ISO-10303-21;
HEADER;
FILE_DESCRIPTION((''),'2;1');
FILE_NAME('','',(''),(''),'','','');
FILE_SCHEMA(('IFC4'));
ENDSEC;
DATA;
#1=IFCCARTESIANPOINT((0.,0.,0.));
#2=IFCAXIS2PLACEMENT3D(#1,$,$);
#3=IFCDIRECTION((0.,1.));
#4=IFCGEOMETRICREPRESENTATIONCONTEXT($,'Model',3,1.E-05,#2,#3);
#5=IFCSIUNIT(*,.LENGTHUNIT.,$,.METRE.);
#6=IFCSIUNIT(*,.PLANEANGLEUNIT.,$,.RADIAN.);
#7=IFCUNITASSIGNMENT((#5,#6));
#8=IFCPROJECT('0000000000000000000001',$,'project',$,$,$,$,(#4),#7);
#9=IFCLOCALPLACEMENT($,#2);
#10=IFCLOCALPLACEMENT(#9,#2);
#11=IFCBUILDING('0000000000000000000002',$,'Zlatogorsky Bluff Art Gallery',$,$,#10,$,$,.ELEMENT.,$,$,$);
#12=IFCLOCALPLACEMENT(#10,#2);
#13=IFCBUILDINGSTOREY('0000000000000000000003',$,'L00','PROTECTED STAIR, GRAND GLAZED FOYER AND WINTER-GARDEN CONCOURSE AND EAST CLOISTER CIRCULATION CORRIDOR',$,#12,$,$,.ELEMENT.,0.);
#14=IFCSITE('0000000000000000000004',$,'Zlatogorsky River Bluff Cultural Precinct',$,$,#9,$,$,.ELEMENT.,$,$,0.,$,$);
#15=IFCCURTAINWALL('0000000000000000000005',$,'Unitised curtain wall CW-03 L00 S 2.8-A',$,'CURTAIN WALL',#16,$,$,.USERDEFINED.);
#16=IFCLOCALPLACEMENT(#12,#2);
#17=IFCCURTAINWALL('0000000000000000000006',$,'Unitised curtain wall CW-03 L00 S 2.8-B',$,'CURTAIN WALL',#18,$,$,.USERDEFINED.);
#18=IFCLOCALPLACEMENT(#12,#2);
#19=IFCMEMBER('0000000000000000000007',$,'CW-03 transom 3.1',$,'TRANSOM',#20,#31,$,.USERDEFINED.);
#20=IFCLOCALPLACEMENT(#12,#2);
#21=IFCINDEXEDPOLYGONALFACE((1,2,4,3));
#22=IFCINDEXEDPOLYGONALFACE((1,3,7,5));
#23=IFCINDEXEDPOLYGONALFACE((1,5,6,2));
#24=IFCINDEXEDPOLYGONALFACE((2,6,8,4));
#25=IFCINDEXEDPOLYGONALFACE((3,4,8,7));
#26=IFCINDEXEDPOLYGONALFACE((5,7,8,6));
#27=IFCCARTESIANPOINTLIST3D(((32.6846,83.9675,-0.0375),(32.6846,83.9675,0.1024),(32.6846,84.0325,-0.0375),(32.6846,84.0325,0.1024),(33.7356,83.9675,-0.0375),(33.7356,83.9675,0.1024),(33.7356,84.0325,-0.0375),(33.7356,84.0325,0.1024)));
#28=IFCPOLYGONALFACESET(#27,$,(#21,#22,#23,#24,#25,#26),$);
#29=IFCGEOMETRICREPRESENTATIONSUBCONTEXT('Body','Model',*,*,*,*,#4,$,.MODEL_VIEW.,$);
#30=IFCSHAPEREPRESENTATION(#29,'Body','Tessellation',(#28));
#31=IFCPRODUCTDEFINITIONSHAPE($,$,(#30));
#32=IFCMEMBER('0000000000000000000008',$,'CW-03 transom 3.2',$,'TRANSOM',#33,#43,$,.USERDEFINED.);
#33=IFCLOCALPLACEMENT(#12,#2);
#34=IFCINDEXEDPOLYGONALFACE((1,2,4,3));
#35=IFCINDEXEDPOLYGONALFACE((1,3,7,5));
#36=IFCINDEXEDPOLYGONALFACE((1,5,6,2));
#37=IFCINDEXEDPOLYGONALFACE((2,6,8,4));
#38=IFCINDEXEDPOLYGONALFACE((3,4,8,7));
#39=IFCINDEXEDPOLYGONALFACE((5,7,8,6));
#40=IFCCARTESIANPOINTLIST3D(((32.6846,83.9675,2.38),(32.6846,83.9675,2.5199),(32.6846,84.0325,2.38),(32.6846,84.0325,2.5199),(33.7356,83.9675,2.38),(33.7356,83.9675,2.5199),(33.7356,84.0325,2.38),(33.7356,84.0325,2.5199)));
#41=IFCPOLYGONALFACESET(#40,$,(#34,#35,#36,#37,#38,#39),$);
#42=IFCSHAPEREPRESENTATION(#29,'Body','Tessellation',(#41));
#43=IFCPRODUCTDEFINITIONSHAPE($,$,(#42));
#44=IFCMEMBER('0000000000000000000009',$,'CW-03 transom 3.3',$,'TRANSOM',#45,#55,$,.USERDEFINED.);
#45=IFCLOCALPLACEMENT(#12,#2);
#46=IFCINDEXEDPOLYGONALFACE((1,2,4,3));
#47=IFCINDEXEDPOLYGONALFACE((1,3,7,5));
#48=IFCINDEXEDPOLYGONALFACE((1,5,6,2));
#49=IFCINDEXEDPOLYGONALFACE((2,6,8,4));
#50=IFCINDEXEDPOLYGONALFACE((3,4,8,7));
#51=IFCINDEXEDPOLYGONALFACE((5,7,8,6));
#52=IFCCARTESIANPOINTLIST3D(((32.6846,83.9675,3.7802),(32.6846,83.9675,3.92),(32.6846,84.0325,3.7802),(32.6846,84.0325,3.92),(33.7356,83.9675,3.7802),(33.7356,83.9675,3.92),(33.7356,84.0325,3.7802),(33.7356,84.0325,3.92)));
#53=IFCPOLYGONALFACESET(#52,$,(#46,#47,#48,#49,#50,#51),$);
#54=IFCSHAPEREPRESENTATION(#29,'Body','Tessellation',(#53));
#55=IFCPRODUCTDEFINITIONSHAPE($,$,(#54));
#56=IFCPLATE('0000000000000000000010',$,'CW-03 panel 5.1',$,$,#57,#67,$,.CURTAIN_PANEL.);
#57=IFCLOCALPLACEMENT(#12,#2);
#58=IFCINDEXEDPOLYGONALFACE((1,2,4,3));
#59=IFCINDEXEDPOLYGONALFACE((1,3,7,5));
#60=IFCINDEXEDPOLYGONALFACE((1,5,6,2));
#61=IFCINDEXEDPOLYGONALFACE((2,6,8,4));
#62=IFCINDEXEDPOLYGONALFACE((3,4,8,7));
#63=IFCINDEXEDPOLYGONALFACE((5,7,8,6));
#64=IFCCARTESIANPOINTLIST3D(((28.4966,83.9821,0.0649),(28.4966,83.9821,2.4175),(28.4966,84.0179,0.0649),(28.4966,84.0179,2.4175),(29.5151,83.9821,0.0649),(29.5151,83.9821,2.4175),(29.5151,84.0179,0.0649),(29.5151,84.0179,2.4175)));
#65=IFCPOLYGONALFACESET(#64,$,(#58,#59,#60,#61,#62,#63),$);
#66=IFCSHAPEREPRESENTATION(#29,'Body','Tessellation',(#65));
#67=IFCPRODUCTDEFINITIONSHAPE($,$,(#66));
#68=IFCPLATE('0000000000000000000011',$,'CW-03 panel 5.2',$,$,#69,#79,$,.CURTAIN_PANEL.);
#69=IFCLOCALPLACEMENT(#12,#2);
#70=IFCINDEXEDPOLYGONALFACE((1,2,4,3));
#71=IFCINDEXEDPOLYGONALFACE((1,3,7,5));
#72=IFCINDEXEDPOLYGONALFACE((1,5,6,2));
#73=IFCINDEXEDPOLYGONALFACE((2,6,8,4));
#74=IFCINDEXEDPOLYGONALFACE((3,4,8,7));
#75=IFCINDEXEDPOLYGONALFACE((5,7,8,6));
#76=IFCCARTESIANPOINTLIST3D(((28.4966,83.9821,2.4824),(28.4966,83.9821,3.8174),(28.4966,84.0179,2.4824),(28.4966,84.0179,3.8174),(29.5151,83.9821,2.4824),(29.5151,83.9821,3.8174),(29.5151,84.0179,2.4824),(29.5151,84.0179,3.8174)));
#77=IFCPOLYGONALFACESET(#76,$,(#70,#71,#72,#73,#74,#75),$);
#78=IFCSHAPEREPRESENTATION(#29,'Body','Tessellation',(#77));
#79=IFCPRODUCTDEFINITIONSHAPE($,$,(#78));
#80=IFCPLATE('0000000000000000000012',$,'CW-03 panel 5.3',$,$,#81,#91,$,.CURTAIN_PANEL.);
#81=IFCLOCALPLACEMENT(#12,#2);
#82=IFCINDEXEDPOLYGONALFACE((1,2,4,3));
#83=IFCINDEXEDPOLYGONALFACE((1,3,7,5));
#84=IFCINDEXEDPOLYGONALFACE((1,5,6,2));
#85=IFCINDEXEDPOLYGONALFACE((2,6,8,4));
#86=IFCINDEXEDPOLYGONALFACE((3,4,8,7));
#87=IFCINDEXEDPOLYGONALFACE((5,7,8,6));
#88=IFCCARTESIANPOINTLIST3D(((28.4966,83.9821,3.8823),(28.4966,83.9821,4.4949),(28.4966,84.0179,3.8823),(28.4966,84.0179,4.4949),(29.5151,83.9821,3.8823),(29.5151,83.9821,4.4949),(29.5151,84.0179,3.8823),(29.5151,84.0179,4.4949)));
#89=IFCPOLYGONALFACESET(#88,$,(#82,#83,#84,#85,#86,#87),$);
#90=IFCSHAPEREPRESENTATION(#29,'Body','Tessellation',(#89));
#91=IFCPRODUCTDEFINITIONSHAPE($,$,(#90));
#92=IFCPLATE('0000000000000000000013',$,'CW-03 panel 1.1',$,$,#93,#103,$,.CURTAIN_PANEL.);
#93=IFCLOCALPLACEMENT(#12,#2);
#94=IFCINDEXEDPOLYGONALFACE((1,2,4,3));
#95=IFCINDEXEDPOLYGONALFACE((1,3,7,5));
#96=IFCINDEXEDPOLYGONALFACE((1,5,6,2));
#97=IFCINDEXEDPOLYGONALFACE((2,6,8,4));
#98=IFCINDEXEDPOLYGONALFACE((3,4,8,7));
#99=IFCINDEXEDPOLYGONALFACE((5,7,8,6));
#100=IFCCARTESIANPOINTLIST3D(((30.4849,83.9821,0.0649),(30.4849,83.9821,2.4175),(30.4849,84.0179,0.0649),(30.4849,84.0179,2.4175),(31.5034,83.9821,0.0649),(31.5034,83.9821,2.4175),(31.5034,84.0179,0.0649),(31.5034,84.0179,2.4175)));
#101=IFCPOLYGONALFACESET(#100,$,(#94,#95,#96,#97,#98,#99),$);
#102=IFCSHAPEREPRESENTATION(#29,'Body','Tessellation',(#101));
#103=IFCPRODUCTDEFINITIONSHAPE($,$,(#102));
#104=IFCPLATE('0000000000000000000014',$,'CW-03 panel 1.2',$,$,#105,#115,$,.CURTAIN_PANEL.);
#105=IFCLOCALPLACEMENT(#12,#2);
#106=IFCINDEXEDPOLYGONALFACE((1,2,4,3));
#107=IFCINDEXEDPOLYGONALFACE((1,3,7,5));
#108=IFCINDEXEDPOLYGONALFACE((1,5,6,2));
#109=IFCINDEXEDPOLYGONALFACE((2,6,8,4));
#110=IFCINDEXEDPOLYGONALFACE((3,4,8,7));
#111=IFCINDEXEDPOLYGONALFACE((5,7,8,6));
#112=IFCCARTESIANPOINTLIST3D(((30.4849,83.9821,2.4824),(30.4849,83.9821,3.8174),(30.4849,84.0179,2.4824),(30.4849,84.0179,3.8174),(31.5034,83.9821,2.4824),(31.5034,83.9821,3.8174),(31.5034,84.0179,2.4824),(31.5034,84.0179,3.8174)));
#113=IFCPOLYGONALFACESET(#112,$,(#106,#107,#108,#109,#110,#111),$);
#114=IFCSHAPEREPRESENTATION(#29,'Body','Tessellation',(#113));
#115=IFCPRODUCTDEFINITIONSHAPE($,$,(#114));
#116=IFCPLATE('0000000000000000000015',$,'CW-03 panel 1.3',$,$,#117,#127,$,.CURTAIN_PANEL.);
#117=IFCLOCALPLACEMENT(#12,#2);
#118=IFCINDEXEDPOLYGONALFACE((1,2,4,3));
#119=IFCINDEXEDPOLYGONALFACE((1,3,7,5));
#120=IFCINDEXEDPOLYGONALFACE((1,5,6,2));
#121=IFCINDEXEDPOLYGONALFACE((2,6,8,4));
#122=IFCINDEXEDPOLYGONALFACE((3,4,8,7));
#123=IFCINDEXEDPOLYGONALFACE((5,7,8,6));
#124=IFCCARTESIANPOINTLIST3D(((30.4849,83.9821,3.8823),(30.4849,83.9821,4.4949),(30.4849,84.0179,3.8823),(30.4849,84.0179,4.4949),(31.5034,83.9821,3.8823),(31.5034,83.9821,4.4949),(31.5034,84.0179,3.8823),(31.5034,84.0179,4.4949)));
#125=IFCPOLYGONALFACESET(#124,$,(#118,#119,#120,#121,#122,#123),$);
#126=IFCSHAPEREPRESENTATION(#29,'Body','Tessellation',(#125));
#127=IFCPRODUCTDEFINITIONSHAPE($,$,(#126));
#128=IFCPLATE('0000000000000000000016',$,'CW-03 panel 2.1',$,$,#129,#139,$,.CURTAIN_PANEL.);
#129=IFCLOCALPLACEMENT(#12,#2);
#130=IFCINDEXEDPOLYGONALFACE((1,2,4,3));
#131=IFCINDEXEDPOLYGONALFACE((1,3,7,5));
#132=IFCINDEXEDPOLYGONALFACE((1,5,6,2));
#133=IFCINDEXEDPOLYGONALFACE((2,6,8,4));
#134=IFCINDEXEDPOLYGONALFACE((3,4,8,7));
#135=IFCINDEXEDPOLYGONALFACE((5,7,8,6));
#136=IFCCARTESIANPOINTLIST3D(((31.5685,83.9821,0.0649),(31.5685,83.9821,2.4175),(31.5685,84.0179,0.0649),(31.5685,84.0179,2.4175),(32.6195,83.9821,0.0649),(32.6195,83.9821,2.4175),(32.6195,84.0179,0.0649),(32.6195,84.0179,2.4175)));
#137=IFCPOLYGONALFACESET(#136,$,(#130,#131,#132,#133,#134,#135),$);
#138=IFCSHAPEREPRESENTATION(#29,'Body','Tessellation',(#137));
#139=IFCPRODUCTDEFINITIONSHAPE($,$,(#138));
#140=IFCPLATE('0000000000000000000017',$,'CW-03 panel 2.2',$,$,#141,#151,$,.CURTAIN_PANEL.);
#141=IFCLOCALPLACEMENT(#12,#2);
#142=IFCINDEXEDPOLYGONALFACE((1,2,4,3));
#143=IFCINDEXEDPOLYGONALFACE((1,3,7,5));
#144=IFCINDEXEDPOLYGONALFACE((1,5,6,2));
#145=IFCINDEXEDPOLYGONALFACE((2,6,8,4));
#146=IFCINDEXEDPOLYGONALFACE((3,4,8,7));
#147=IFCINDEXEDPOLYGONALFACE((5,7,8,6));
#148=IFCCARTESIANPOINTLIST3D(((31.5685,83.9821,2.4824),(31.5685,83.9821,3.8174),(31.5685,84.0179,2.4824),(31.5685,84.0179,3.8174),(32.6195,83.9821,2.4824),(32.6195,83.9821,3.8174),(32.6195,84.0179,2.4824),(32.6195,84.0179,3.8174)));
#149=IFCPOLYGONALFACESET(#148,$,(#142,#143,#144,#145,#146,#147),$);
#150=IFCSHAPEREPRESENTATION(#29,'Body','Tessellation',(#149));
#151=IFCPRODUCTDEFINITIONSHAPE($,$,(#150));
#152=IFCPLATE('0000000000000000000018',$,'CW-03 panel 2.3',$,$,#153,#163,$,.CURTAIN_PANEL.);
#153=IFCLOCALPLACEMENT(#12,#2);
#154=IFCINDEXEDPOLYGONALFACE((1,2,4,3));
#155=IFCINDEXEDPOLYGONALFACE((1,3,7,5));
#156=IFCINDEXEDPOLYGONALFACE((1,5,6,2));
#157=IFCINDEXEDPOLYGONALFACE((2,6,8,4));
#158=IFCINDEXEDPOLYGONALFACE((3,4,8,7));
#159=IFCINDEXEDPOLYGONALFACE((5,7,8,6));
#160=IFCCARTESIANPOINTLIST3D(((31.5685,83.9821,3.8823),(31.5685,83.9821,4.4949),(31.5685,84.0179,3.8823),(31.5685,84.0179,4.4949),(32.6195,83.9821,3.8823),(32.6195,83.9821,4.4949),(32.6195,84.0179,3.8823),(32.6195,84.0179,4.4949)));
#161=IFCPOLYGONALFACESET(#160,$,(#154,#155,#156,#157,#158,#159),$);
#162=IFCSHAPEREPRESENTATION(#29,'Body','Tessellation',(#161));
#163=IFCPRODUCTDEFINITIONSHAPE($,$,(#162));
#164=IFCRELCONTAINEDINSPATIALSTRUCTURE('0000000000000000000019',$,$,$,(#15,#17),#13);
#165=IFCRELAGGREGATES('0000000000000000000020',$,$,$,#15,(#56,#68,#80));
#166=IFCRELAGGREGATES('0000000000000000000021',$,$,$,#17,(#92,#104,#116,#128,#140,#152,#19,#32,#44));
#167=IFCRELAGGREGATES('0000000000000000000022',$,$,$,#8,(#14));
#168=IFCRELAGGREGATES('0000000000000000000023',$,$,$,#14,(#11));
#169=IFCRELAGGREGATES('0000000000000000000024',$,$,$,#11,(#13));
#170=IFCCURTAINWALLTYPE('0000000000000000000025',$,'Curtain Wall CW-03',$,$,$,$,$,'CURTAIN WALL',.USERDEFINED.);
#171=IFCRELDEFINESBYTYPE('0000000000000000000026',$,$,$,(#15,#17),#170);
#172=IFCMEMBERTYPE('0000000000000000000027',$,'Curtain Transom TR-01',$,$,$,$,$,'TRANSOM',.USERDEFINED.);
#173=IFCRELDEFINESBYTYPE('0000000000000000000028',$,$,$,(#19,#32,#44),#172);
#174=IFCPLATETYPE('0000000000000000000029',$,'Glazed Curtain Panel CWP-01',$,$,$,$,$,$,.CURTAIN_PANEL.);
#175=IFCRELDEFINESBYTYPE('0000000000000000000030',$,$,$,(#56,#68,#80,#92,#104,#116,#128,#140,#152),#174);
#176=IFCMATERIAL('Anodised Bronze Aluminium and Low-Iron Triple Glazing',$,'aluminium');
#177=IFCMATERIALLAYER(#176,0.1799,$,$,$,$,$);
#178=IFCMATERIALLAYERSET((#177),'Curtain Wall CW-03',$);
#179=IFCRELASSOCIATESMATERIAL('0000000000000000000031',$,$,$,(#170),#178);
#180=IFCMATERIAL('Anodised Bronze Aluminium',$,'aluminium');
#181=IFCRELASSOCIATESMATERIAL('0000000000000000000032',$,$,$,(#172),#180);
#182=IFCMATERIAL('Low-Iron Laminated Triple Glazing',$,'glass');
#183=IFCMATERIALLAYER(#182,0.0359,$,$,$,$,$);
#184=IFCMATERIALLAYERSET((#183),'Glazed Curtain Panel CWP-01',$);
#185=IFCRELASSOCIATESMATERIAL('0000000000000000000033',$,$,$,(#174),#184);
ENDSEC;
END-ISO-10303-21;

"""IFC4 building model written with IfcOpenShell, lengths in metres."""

from ifc_helpers import new_model, si_unit, direction, frame, origin, origin_2d, place, context, subcontext, project, spatial, rectangle, extrude, material, layer, layer_set, material_profile, profile_set, type_object, element, aggregate, save


model = new_model("IFC4")

# Units and contexts
model_context = context("Model", 3, precision=1e-05, world=origin(), true_north=direction((0.0, 1.0)))
body_context = subcontext(model_context, "Body", "Model", "MODEL_VIEW")
ifc_project = project(units=[si_unit("LENGTHUNIT", "METRE"), si_unit("PLANEANGLEUNIT", "RADIAN")], contexts=[model_context])

# Site, building, storey
site_placement = place(None, origin())
site = spatial("IfcSite", under=ifc_project, at=site_placement, Name="Zlatogorsky River Bluff Cultural Precinct", CompositionType="ELEMENT", RefElevation=0.0)
building_placement = place(site_placement, origin())
building = spatial("IfcBuilding", under=site, at=building_placement, Name="Zlatogorsky Bluff Art Gallery", CompositionType="ELEMENT")
storey_placement = place(building_placement, origin())
storey = spatial("IfcBuildingStorey", under=building, at=storey_placement, Name="L00", Description="PROTECTED STAIR, GRAND GLAZED FOYER AND WINTER-GARDEN CONCOURSE AND EAST CLOISTER CIRCULATION CORRIDOR", CompositionType="ELEMENT", Elevation=0.0)

# Curtain wall
ifc_material_1 = material(Name="Anodised Bronze Aluminium and Low-Iron Triple Glazing", Category="aluminium")
ifc_layer_1 = layer(ifc_material_1, 0.1799)
ifc_layer_set_1 = layer_set([ifc_layer_1], Name="Curtain Wall CW-03")
curtain_wall_type = type_object("IfcCurtainWallType", Name="Curtain Wall CW-03", ElementType="CURTAIN WALL", PredefinedType="USERDEFINED", material=ifc_layer_set_1)
curtain_wall_1_placement = place(storey_placement, origin())
curtain_wall_1 = element("IfcCurtainWall", 1, at=curtain_wall_1_placement, inside=storey, type_object=curtain_wall_type, Name="Unitised curtain wall CW-03 L00 S 2.8-A", ObjectType="CURTAIN WALL", PredefinedType="USERDEFINED")
ifc_material_2 = material(Name="Anodised Bronze Aluminium", Category="aluminium")

# Curtain wall
curtain_wall_2_placement = place(storey_placement, origin())
curtain_wall_2 = element("IfcCurtainWall", 2, at=curtain_wall_2_placement, inside=storey, type_object=curtain_wall_type, Name="Unitised curtain wall CW-03 L00 S 2.8-B", ObjectType="CURTAIN WALL", PredefinedType="USERDEFINED")

# Members
ifc_material_profile_1 = material_profile(ifc_material_2, rectangle(XDim=0.0649, YDim=0.1399, at=origin_2d()), Name="ALU TRANSOM 65x140")
ifc_profile_set_1 = profile_set([ifc_material_profile_1], Name="Anodised Bronze Aluminium")
member_type_1 = type_object("IfcMemberType", Name="Curtain Transom TR-01", ElementType="TRANSOM", PredefinedType="USERDEFINED", material=ifc_profile_set_1)
member_1_placement = place(storey_placement, frame((32.6846, 84.0, 0.0325), z_axis=(1.0, 0.0, 0.0), x_axis=(0.0, 1.0, 0.0)))
member_1 = element("IfcMember", 3, at=member_1_placement, type_object=member_type_1, Name="CW-03 transom 3.1", ObjectType="TRANSOM", PredefinedType="USERDEFINED", context=body_context, shape_type="SweptSolid", body=[
    extrude(rectangle(XDim=0.0649, YDim=0.1399, at=origin_2d()), origin(), (0.0, 0.0, 1.0), 1.051),
])
member_2_placement = place(storey_placement, frame((32.6846, 84.0, 2.45), z_axis=(1.0, 0.0, 0.0), x_axis=(0.0, 1.0, 0.0)))
member_2 = element("IfcMember", 4, at=member_2_placement, type_object=member_type_1, Name="CW-03 transom 3.2", ObjectType="TRANSOM", PredefinedType="USERDEFINED", context=body_context, shape_type="SweptSolid", body=[
    extrude(rectangle(XDim=0.0649, YDim=0.1399, at=origin_2d()), origin(), (0.0, 0.0, 1.0), 1.051),
])
member_3_placement = place(storey_placement, frame((32.6846, 84.0, 3.8501), z_axis=(1.0, 0.0, 0.0), x_axis=(0.0, 1.0, 0.0)))
member_3 = element("IfcMember", 5, at=member_3_placement, type_object=member_type_1, Name="CW-03 transom 3.3", ObjectType="TRANSOM", PredefinedType="USERDEFINED", context=body_context, shape_type="SweptSolid", body=[
    extrude(rectangle(XDim=0.0649, YDim=0.1399, at=origin_2d()), origin(), (0.0, 0.0, 1.0), 1.051),
])

# Plates
ifc_material_3 = material(Name="Low-Iron Laminated Triple Glazing", Category="glass")
ifc_layer_2 = layer(ifc_material_3, 0.0359)
ifc_layer_set_2 = layer_set([ifc_layer_2], Name="Glazed Curtain Panel CWP-01")
plate_type = type_object("IfcPlateType", Name="Glazed Curtain Panel CWP-01", PredefinedType="CURTAIN_PANEL", material=ifc_layer_set_2)
plate_1_placement = place(storey_placement, frame((29.0059, 84.0, 0.0649), z_axis=(0.0, 0.0, 1.0), x_axis=(1.0, 0.0, 0.0)))
plate_1 = element("IfcPlate", 6, at=plate_1_placement, type_object=plate_type, Name="CW-03 panel 5.1", PredefinedType="CURTAIN_PANEL", context=body_context, shape_type="SweptSolid", body=[
    extrude(rectangle(XDim=1.0186, YDim=0.0359, at=origin_2d()), origin(), (0.0, 0.0, 1.0), 2.3525),
])
plate_2_placement = place(storey_placement, frame((29.0059, 84.0, 2.4824), z_axis=(0.0, 0.0, 1.0), x_axis=(1.0, 0.0, 0.0)))
plate_2 = element("IfcPlate", 7, at=plate_2_placement, type_object=plate_type, Name="CW-03 panel 5.2", PredefinedType="CURTAIN_PANEL", context=body_context, shape_type="SweptSolid", body=[
    extrude(rectangle(XDim=1.0186, YDim=0.0359, at=origin_2d()), origin(), (0.0, 0.0, 1.0), 1.335),
])
plate_3_placement = place(storey_placement, frame((29.0059, 84.0, 3.8823), z_axis=(0.0, 0.0, 1.0), x_axis=(1.0, 0.0, 0.0)))
plate_3 = element("IfcPlate", 8, at=plate_3_placement, type_object=plate_type, Name="CW-03 panel 5.3", PredefinedType="CURTAIN_PANEL", context=body_context, shape_type="SweptSolid", body=[
    extrude(rectangle(XDim=1.0186, YDim=0.0359, at=origin_2d()), origin(), (0.0, 0.0, 1.0), 0.6125),
])
aggregate(curtain_wall_1, [plate_1, plate_2, plate_3])
plate_4_placement = place(storey_placement, frame((30.9941, 84.0, 0.0649), z_axis=(0.0, 0.0, 1.0), x_axis=(1.0, 0.0, 0.0)))
plate_4 = element("IfcPlate", 9, at=plate_4_placement, type_object=plate_type, Name="CW-03 panel 1.1", PredefinedType="CURTAIN_PANEL", context=body_context, shape_type="SweptSolid", body=[
    extrude(rectangle(XDim=1.0186, YDim=0.0359, at=origin_2d()), origin(), (0.0, 0.0, 1.0), 2.3525),
])
plate_5_placement = place(storey_placement, frame((30.9941, 84.0, 2.4824), z_axis=(0.0, 0.0, 1.0), x_axis=(1.0, 0.0, 0.0)))
plate_5 = element("IfcPlate", 10, at=plate_5_placement, type_object=plate_type, Name="CW-03 panel 1.2", PredefinedType="CURTAIN_PANEL", context=body_context, shape_type="SweptSolid", body=[
    extrude(rectangle(XDim=1.0186, YDim=0.0359, at=origin_2d()), origin(), (0.0, 0.0, 1.0), 1.335),
])
plate_6_placement = place(storey_placement, frame((30.9941, 84.0, 3.8823), z_axis=(0.0, 0.0, 1.0), x_axis=(1.0, 0.0, 0.0)))
plate_6 = element("IfcPlate", 11, at=plate_6_placement, type_object=plate_type, Name="CW-03 panel 1.3", PredefinedType="CURTAIN_PANEL", context=body_context, shape_type="SweptSolid", body=[
    extrude(rectangle(XDim=1.0186, YDim=0.0359, at=origin_2d()), origin(), (0.0, 0.0, 1.0), 0.6125),
])
plate_7_placement = place(storey_placement, frame((32.094, 84.0, 0.0649), z_axis=(0.0, 0.0, 1.0), x_axis=(1.0, 0.0, 0.0)))
plate_7 = element("IfcPlate", 12, at=plate_7_placement, type_object=plate_type, Name="CW-03 panel 2.1", PredefinedType="CURTAIN_PANEL", context=body_context, shape_type="SweptSolid", body=[
    extrude(rectangle(XDim=1.051, YDim=0.0359, at=origin_2d()), origin(), (0.0, 0.0, 1.0), 2.3525),
])
plate_8_placement = place(storey_placement, frame((32.094, 84.0, 2.4824), z_axis=(0.0, 0.0, 1.0), x_axis=(1.0, 0.0, 0.0)))
plate_8 = element("IfcPlate", 13, at=plate_8_placement, type_object=plate_type, Name="CW-03 panel 2.2", PredefinedType="CURTAIN_PANEL", context=body_context, shape_type="SweptSolid", body=[
    extrude(rectangle(XDim=1.051, YDim=0.0359, at=origin_2d()), origin(), (0.0, 0.0, 1.0), 1.335),
])
plate_9_placement = place(storey_placement, frame((32.094, 84.0, 3.8823), z_axis=(0.0, 0.0, 1.0), x_axis=(1.0, 0.0, 0.0)))
plate_9 = element("IfcPlate", 14, at=plate_9_placement, type_object=plate_type, Name="CW-03 panel 2.3", PredefinedType="CURTAIN_PANEL", context=body_context, shape_type="SweptSolid", body=[
    extrude(rectangle(XDim=1.051, YDim=0.0359, at=origin_2d()), origin(), (0.0, 0.0, 1.0), 0.6125),
])
aggregate(curtain_wall_2, [plate_4, plate_5, plate_6, plate_7, plate_8, plate_9, member_1, member_2, member_3])

save(model, "model.ifc")
